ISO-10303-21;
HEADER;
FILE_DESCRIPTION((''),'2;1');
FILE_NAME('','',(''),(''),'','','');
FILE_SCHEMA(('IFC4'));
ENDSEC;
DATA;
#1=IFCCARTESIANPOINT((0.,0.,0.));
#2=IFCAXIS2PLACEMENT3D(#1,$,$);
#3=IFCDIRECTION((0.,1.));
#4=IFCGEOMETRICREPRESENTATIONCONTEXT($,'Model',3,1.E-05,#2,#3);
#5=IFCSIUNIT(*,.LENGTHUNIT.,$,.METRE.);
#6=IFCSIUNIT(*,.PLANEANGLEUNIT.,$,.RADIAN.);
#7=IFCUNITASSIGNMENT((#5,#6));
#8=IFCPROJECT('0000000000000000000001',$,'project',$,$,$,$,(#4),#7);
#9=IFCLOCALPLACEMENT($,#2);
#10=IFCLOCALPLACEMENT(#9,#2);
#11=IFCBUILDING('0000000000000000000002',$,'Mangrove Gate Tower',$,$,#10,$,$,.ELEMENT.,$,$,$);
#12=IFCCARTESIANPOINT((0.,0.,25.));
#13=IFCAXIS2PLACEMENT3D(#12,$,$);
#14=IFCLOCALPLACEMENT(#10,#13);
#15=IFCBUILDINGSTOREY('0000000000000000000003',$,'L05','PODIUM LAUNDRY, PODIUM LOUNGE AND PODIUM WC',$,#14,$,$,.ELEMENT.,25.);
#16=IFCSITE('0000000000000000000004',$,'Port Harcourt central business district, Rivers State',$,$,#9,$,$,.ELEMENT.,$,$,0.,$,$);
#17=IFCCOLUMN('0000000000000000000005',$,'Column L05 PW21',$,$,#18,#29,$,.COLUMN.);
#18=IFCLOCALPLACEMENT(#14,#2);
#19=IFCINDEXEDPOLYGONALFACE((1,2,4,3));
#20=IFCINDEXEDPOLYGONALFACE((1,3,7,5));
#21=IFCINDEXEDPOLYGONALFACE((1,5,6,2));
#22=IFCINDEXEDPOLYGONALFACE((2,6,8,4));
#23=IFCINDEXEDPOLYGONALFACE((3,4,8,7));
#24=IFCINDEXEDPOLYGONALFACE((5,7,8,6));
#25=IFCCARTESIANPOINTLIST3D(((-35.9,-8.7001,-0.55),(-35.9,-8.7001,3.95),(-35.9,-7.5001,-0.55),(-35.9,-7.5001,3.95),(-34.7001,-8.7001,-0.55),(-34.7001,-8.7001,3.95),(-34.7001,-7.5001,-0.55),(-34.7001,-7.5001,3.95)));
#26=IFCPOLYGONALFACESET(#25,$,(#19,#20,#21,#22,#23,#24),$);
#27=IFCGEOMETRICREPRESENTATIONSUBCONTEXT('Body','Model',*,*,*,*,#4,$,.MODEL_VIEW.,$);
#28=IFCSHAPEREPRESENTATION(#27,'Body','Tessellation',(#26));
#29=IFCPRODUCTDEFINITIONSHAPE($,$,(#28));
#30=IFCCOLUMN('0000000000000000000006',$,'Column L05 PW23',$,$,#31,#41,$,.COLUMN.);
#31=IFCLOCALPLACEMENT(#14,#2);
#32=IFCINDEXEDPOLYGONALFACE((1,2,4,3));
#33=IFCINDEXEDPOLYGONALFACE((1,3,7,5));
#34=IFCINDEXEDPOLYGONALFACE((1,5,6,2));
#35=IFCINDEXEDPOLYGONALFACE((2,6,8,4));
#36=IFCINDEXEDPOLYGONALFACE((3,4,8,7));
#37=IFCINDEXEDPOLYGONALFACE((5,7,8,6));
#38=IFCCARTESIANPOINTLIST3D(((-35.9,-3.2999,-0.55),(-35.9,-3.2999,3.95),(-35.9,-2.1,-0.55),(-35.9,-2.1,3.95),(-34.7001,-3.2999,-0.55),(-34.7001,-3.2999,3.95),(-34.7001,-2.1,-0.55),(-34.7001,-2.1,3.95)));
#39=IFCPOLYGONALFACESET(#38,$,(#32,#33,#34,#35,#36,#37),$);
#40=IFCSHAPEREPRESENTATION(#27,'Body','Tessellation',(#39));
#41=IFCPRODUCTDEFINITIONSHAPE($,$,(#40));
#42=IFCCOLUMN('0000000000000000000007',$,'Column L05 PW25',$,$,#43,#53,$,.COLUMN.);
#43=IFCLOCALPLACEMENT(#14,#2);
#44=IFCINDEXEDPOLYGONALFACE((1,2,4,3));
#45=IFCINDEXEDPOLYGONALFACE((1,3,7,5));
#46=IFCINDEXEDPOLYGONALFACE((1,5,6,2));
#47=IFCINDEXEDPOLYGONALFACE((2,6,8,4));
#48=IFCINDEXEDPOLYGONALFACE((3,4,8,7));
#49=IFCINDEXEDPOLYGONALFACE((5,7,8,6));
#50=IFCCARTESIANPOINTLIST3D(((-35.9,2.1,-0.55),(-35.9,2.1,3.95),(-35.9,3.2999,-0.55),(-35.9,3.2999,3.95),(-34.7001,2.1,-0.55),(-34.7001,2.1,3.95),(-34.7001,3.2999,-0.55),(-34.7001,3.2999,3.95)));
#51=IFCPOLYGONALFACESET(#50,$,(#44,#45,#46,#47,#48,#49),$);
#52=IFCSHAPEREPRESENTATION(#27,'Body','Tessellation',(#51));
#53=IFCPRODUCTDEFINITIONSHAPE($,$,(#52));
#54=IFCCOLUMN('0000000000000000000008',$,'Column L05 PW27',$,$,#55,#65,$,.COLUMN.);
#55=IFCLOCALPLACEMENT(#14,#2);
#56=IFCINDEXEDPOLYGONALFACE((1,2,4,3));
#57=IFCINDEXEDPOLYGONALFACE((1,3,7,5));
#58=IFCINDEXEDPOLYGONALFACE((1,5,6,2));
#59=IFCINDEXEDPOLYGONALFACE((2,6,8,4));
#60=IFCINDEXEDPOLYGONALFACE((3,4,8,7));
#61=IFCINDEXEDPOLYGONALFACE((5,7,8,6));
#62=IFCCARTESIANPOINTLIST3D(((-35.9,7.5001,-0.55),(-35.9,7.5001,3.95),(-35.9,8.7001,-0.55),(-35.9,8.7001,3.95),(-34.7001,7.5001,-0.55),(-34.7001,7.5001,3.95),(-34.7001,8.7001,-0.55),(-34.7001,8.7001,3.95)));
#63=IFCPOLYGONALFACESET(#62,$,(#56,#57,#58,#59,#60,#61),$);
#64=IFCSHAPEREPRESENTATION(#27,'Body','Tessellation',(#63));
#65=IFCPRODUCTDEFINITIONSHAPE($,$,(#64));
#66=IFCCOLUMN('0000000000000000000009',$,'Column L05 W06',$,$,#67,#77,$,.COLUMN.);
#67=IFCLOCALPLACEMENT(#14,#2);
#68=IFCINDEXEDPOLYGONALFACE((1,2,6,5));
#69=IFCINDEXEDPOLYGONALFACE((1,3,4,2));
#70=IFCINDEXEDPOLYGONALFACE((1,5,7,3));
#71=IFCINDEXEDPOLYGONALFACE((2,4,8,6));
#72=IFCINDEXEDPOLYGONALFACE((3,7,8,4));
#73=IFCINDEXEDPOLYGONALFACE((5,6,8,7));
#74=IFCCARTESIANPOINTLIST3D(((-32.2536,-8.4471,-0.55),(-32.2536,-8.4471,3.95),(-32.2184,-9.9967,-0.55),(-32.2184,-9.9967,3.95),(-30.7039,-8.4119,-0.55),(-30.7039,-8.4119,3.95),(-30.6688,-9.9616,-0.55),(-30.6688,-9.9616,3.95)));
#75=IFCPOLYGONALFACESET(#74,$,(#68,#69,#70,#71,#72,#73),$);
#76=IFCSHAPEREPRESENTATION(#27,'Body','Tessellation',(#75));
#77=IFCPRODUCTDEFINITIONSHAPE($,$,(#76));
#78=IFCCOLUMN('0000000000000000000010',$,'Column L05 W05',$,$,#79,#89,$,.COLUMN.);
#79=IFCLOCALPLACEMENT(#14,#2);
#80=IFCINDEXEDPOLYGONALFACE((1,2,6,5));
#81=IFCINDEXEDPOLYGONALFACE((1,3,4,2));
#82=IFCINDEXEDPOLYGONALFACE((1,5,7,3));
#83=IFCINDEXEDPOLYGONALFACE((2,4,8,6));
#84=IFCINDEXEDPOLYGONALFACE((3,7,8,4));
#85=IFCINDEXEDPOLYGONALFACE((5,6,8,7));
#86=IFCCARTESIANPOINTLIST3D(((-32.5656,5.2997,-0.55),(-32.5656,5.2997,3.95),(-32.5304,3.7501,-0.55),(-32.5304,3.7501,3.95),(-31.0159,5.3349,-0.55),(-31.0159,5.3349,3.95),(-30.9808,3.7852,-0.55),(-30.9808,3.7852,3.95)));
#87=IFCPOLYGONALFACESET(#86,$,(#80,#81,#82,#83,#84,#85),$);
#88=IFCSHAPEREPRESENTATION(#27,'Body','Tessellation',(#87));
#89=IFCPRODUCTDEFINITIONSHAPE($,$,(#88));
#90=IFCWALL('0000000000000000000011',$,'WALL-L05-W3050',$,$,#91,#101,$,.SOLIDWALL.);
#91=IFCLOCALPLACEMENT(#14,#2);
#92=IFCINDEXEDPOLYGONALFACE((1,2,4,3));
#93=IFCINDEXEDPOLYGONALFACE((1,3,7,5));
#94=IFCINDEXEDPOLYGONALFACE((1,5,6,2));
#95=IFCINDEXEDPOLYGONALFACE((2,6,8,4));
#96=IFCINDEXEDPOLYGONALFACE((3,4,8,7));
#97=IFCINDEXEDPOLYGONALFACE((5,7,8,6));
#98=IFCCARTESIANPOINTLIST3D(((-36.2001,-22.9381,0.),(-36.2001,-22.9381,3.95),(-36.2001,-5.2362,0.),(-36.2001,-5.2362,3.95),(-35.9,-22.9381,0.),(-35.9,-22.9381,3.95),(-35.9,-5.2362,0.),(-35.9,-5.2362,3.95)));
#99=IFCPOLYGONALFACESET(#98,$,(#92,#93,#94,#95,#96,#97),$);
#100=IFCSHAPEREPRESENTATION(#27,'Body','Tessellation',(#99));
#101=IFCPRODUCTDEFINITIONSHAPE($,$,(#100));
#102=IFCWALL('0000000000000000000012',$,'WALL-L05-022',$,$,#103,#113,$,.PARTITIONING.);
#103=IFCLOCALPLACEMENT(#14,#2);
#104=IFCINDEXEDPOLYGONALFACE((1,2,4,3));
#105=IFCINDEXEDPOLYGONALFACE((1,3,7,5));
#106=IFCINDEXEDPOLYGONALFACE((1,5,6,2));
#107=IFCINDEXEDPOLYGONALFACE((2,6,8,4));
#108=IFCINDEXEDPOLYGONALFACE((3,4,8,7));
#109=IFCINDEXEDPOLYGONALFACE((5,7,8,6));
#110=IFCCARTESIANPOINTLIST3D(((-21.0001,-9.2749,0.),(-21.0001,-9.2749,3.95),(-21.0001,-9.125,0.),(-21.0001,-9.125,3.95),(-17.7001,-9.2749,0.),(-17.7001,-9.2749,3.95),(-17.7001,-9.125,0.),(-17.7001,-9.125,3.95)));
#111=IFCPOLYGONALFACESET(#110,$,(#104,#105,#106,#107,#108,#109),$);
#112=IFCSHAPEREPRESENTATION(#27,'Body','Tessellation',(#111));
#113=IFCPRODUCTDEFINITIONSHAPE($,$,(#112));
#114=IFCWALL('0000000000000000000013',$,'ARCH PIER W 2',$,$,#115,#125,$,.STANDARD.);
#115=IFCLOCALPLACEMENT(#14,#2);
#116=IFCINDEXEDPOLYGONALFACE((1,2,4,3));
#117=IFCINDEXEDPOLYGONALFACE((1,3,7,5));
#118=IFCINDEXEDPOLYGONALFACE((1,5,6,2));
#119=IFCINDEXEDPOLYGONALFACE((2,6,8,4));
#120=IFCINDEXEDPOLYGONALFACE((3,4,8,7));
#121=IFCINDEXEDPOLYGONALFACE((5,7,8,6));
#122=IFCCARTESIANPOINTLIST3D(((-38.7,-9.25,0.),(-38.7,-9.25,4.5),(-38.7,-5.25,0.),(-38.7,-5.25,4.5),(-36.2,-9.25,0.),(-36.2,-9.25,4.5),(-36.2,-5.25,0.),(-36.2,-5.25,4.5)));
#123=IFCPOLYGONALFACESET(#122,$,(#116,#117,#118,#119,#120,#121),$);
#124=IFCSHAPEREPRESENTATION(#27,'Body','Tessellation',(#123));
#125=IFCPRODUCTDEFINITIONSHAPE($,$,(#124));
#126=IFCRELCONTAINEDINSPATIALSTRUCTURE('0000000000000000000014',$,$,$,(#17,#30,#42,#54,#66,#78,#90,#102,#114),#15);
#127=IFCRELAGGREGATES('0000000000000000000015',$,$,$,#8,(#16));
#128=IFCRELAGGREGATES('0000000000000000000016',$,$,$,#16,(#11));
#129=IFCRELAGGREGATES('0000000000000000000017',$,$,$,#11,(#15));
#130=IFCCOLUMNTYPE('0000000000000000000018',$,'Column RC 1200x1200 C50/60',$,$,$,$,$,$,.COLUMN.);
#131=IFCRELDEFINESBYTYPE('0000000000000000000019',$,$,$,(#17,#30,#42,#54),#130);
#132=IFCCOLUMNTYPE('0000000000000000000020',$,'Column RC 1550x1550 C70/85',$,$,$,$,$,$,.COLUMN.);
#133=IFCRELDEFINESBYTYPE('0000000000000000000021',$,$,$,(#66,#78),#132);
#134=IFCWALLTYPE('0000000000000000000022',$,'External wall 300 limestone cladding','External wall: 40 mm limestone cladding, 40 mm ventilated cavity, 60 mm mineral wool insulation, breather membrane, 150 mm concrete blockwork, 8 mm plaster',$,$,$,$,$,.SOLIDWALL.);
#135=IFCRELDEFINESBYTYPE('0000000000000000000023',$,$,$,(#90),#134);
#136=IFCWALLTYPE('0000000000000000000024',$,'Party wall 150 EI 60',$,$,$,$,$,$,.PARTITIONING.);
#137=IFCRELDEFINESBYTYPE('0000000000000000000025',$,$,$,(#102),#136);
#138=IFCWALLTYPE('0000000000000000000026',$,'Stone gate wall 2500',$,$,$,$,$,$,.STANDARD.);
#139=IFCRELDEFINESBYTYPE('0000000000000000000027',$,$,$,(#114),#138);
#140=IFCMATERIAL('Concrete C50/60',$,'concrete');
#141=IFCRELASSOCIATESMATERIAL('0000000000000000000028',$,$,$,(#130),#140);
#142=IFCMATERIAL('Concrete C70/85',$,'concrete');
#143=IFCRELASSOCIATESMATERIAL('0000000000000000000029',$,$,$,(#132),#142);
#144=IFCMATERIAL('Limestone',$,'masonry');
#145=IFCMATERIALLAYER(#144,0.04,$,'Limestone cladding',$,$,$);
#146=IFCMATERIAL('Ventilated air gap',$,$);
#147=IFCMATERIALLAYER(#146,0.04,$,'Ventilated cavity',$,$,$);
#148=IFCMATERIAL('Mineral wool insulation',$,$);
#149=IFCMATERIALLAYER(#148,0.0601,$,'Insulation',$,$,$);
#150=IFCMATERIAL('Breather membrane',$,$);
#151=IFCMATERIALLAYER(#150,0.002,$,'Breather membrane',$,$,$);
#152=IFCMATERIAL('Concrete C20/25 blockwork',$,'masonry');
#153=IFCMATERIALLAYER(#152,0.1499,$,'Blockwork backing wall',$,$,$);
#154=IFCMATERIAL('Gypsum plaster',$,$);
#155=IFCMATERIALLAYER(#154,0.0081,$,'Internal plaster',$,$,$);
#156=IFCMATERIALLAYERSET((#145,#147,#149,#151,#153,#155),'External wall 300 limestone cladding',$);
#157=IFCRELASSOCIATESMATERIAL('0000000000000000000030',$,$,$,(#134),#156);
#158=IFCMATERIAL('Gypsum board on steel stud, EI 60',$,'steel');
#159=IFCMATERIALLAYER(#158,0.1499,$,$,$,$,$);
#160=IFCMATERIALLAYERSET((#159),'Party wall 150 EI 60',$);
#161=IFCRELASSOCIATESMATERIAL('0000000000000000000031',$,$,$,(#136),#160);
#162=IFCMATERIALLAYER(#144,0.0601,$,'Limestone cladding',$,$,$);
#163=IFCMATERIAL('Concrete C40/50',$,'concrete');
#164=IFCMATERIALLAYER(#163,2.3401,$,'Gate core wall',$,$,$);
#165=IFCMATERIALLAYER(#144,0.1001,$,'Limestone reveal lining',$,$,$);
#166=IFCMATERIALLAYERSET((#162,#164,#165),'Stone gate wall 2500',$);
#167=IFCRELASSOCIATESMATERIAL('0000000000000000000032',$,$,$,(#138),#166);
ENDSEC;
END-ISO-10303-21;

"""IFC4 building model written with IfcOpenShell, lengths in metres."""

from ifc_helpers import new_model, si_unit, direction, frame, frame_2d, origin, origin_2d, place, context, subcontext, project, spatial, rectangle, extrude, material, layer, layer_set, material_profile, profile_set, type_object, element, save


model = new_model("IFC4")

# Units and contexts
model_context = context("Model", 3, precision=1e-05, world=origin(), true_north=direction((0.0, 1.0)))
body_context = subcontext(model_context, "Body", "Model", "MODEL_VIEW")
ifc_project = project(units=[si_unit("LENGTHUNIT", "METRE"), si_unit("PLANEANGLEUNIT", "RADIAN")], contexts=[model_context])

# Site, building, storey
site_placement = place(None, origin())
site = spatial("IfcSite", under=ifc_project, at=site_placement, Name="Port Harcourt central business district, Rivers State", CompositionType="ELEMENT", RefElevation=0.0)
building_placement = place(site_placement, origin())
building = spatial("IfcBuilding", under=site, at=building_placement, Name="Mangrove Gate Tower", CompositionType="ELEMENT")
storey_placement = place(building_placement, frame((0.0, 0.0, 25.0)))
storey = spatial("IfcBuildingStorey", under=building, at=storey_placement, Name="L05", Description="PODIUM LAUNDRY, PODIUM LOUNGE AND PODIUM WC", CompositionType="ELEMENT", Elevation=25.0)

# Columns
ifc_material_1 = material(Name="Concrete C50/60", Category="concrete")
ifc_material_profile_1 = material_profile(ifc_material_1, rectangle(XDim=1.2, YDim=1.2, at=origin_2d()))
ifc_profile_set_1 = profile_set([ifc_material_profile_1], Name="Concrete C50/60")
column_type_1 = type_object("IfcColumnType", Name="Column RC 1200x1200 C50/60", PredefinedType="COLUMN", material=ifc_profile_set_1)
for number, where, z_axis, x_axis, name in (
    (1, (-35.3, -8.1001, -0.55), (0.0, 0.0, 1.0), (1.0, 0.0, 0.0), "Column L05 PW21"),
    (2, (-35.3, -2.7, -0.55), (0.0, 0.0, 1.0), (1.0, 0.0, 0.0), "Column L05 PW23"),
    (3, (-35.3, 2.7, -0.55), (0.0, 0.0, 1.0), (1.0, 0.0, 0.0), "Column L05 PW25"),
    (4, (-35.3, 8.1001, -0.55), (0.0, 0.0, 1.0), (1.0, 0.0, 0.0), "Column L05 PW27"),
):
    element("IfcColumn", number, at=place(storey_placement, frame(where, z_axis=z_axis, x_axis=x_axis)), inside=storey, type_object=column_type_1, Name=name, PredefinedType="COLUMN", context=body_context, shape_type="SweptSolid", body=[
        extrude(rectangle(XDim=1.2, YDim=1.2, at=origin_2d()), origin(), (0.0, 0.0, 1.0), 4.5),
    ])
ifc_material_2 = material(Name="Concrete C70/85", Category="concrete")
ifc_material_profile_2 = material_profile(ifc_material_2, rectangle(XDim=1.55, YDim=1.55, at=origin_2d()))
ifc_profile_set_2 = profile_set([ifc_material_profile_2], Name="Concrete C70/85")
column_type_2 = type_object("IfcColumnType", Name="Column RC 1550x1550 C70/85", PredefinedType="COLUMN", material=ifc_profile_set_2)
for number, where, z_axis, x_axis, name in (
    (5, (-31.4612, -9.2043, -0.55), (0.0, 0.0, 1.0), (0.022678, -0.999743, 0.0), "Column L05 W06"),
    (6, (-31.7732, 4.5425, -0.55), (0.0, 0.0, 1.0), (0.02268, -0.999743, 0.0), "Column L05 W05"),
):
    element("IfcColumn", number, at=place(storey_placement, frame(where, z_axis=z_axis, x_axis=x_axis)), inside=storey, type_object=column_type_2, Name=name, PredefinedType="COLUMN", context=body_context, shape_type="SweptSolid", body=[
        extrude(rectangle(XDim=1.55, YDim=1.55, at=origin_2d()), origin(), (0.0, 0.0, 1.0), 4.5),
    ])

# Walls
ifc_material_3 = material(Name="Limestone", Category="masonry")
ifc_layer_1 = layer(ifc_material_3, 0.04, Name="Limestone cladding")
ifc_material_4 = material(Name="Ventilated air gap")
ifc_layer_2 = layer(ifc_material_4, 0.04, Name="Ventilated cavity")
ifc_material_5 = material(Name="Mineral wool insulation")
ifc_layer_3 = layer(ifc_material_5, 0.0601, Name="Insulation")
ifc_material_6 = material(Name="Breather membrane")
ifc_layer_4 = layer(ifc_material_6, 0.002, Name="Breather membrane")
ifc_material_7 = material(Name="Concrete C20/25 blockwork", Category="masonry")
ifc_layer_5 = layer(ifc_material_7, 0.1499, Name="Blockwork backing wall")
ifc_material_8 = material(Name="Gypsum plaster")
ifc_layer_6 = layer(ifc_material_8, 0.0081, Name="Internal plaster")
ifc_layer_set_1 = layer_set([ifc_layer_1, ifc_layer_2, ifc_layer_3, ifc_layer_4, ifc_layer_5, ifc_layer_6], Name="External wall 300 limestone cladding")
wall_type_1 = type_object("IfcWallType", Name="External wall 300 limestone cladding", Description="External wall: 40 mm limestone cladding, 40 mm ventilated cavity, 60 mm mineral wool insulation, breather membrane, 150 mm concrete blockwork, 8 mm plaster", PredefinedType="SOLIDWALL", material=ifc_layer_set_1)
wall_1_placement = place(storey_placement, frame((-36.05, -5.2361, 0.0), z_axis=(0.0, 0.0, 1.0), x_axis=(0.0, -1.0, 0.0)))
element("IfcWall", 7, at=wall_1_placement, inside=storey, type_object=wall_type_1, Name="WALL-L05-W3050", PredefinedType="SOLIDWALL", context=body_context, shape_type="SweptSolid", body=[
    extrude(rectangle(XDim=17.7019, YDim=0.3, at=frame_2d((8.8511, 0.0))), origin(), (0.0, 0.0, 1.0), 3.95),
])
ifc_material_9 = material(Name="Gypsum board on steel stud, EI 60", Category="steel")
ifc_layer_7 = layer(ifc_material_9, 0.1499)
ifc_layer_set_2 = layer_set([ifc_layer_7], Name="Party wall 150 EI 60")
wall_type_2 = type_object("IfcWallType", Name="Party wall 150 EI 60", PredefinedType="PARTITIONING", material=ifc_layer_set_2)
wall_2_placement = place(storey_placement, frame((-21.0, -9.2, 0.0), z_axis=(0.0, 0.0, 1.0), x_axis=(1.0, 0.0, 0.0)))
element("IfcWall", 8, at=wall_2_placement, inside=storey, type_object=wall_type_2, Name="WALL-L05-022", PredefinedType="PARTITIONING", context=body_context, shape_type="SweptSolid", body=[
    extrude(rectangle(XDim=3.3, YDim=0.1499, at=frame_2d((1.6499, 0.0))), origin(), (0.0, 0.0, 1.0), 3.95),
])
ifc_layer_8 = layer(ifc_material_3, 0.0601, Name="Limestone cladding")
ifc_material_10 = material(Name="Concrete C40/50", Category="concrete")
ifc_layer_9 = layer(ifc_material_10, 2.3401, Name="Gate core wall")
ifc_layer_10 = layer(ifc_material_3, 0.1001, Name="Limestone reveal lining")
ifc_layer_set_3 = layer_set([ifc_layer_8, ifc_layer_9, ifc_layer_10], Name="Stone gate wall 2500")
wall_type_3 = type_object("IfcWallType", Name="Stone gate wall 2500", PredefinedType="STANDARD", material=ifc_layer_set_3)
wall_3_placement = place(storey_placement, frame((-37.45, -9.25, 0.0), z_axis=(0.0, 0.0, 1.0), x_axis=(0.0, 1.0, 0.0)))
element("IfcWall", 9, at=wall_3_placement, inside=storey, type_object=wall_type_3, Name="ARCH PIER W 2", PredefinedType="STANDARD", context=body_context, shape_type="SweptSolid", body=[
    extrude(rectangle(XDim=4.0, YDim=2.5, at=frame_2d((2.0, 0.0))), origin(), (0.0, 0.0, 1.0), 4.5),
])

save(model, "model.ifc")
